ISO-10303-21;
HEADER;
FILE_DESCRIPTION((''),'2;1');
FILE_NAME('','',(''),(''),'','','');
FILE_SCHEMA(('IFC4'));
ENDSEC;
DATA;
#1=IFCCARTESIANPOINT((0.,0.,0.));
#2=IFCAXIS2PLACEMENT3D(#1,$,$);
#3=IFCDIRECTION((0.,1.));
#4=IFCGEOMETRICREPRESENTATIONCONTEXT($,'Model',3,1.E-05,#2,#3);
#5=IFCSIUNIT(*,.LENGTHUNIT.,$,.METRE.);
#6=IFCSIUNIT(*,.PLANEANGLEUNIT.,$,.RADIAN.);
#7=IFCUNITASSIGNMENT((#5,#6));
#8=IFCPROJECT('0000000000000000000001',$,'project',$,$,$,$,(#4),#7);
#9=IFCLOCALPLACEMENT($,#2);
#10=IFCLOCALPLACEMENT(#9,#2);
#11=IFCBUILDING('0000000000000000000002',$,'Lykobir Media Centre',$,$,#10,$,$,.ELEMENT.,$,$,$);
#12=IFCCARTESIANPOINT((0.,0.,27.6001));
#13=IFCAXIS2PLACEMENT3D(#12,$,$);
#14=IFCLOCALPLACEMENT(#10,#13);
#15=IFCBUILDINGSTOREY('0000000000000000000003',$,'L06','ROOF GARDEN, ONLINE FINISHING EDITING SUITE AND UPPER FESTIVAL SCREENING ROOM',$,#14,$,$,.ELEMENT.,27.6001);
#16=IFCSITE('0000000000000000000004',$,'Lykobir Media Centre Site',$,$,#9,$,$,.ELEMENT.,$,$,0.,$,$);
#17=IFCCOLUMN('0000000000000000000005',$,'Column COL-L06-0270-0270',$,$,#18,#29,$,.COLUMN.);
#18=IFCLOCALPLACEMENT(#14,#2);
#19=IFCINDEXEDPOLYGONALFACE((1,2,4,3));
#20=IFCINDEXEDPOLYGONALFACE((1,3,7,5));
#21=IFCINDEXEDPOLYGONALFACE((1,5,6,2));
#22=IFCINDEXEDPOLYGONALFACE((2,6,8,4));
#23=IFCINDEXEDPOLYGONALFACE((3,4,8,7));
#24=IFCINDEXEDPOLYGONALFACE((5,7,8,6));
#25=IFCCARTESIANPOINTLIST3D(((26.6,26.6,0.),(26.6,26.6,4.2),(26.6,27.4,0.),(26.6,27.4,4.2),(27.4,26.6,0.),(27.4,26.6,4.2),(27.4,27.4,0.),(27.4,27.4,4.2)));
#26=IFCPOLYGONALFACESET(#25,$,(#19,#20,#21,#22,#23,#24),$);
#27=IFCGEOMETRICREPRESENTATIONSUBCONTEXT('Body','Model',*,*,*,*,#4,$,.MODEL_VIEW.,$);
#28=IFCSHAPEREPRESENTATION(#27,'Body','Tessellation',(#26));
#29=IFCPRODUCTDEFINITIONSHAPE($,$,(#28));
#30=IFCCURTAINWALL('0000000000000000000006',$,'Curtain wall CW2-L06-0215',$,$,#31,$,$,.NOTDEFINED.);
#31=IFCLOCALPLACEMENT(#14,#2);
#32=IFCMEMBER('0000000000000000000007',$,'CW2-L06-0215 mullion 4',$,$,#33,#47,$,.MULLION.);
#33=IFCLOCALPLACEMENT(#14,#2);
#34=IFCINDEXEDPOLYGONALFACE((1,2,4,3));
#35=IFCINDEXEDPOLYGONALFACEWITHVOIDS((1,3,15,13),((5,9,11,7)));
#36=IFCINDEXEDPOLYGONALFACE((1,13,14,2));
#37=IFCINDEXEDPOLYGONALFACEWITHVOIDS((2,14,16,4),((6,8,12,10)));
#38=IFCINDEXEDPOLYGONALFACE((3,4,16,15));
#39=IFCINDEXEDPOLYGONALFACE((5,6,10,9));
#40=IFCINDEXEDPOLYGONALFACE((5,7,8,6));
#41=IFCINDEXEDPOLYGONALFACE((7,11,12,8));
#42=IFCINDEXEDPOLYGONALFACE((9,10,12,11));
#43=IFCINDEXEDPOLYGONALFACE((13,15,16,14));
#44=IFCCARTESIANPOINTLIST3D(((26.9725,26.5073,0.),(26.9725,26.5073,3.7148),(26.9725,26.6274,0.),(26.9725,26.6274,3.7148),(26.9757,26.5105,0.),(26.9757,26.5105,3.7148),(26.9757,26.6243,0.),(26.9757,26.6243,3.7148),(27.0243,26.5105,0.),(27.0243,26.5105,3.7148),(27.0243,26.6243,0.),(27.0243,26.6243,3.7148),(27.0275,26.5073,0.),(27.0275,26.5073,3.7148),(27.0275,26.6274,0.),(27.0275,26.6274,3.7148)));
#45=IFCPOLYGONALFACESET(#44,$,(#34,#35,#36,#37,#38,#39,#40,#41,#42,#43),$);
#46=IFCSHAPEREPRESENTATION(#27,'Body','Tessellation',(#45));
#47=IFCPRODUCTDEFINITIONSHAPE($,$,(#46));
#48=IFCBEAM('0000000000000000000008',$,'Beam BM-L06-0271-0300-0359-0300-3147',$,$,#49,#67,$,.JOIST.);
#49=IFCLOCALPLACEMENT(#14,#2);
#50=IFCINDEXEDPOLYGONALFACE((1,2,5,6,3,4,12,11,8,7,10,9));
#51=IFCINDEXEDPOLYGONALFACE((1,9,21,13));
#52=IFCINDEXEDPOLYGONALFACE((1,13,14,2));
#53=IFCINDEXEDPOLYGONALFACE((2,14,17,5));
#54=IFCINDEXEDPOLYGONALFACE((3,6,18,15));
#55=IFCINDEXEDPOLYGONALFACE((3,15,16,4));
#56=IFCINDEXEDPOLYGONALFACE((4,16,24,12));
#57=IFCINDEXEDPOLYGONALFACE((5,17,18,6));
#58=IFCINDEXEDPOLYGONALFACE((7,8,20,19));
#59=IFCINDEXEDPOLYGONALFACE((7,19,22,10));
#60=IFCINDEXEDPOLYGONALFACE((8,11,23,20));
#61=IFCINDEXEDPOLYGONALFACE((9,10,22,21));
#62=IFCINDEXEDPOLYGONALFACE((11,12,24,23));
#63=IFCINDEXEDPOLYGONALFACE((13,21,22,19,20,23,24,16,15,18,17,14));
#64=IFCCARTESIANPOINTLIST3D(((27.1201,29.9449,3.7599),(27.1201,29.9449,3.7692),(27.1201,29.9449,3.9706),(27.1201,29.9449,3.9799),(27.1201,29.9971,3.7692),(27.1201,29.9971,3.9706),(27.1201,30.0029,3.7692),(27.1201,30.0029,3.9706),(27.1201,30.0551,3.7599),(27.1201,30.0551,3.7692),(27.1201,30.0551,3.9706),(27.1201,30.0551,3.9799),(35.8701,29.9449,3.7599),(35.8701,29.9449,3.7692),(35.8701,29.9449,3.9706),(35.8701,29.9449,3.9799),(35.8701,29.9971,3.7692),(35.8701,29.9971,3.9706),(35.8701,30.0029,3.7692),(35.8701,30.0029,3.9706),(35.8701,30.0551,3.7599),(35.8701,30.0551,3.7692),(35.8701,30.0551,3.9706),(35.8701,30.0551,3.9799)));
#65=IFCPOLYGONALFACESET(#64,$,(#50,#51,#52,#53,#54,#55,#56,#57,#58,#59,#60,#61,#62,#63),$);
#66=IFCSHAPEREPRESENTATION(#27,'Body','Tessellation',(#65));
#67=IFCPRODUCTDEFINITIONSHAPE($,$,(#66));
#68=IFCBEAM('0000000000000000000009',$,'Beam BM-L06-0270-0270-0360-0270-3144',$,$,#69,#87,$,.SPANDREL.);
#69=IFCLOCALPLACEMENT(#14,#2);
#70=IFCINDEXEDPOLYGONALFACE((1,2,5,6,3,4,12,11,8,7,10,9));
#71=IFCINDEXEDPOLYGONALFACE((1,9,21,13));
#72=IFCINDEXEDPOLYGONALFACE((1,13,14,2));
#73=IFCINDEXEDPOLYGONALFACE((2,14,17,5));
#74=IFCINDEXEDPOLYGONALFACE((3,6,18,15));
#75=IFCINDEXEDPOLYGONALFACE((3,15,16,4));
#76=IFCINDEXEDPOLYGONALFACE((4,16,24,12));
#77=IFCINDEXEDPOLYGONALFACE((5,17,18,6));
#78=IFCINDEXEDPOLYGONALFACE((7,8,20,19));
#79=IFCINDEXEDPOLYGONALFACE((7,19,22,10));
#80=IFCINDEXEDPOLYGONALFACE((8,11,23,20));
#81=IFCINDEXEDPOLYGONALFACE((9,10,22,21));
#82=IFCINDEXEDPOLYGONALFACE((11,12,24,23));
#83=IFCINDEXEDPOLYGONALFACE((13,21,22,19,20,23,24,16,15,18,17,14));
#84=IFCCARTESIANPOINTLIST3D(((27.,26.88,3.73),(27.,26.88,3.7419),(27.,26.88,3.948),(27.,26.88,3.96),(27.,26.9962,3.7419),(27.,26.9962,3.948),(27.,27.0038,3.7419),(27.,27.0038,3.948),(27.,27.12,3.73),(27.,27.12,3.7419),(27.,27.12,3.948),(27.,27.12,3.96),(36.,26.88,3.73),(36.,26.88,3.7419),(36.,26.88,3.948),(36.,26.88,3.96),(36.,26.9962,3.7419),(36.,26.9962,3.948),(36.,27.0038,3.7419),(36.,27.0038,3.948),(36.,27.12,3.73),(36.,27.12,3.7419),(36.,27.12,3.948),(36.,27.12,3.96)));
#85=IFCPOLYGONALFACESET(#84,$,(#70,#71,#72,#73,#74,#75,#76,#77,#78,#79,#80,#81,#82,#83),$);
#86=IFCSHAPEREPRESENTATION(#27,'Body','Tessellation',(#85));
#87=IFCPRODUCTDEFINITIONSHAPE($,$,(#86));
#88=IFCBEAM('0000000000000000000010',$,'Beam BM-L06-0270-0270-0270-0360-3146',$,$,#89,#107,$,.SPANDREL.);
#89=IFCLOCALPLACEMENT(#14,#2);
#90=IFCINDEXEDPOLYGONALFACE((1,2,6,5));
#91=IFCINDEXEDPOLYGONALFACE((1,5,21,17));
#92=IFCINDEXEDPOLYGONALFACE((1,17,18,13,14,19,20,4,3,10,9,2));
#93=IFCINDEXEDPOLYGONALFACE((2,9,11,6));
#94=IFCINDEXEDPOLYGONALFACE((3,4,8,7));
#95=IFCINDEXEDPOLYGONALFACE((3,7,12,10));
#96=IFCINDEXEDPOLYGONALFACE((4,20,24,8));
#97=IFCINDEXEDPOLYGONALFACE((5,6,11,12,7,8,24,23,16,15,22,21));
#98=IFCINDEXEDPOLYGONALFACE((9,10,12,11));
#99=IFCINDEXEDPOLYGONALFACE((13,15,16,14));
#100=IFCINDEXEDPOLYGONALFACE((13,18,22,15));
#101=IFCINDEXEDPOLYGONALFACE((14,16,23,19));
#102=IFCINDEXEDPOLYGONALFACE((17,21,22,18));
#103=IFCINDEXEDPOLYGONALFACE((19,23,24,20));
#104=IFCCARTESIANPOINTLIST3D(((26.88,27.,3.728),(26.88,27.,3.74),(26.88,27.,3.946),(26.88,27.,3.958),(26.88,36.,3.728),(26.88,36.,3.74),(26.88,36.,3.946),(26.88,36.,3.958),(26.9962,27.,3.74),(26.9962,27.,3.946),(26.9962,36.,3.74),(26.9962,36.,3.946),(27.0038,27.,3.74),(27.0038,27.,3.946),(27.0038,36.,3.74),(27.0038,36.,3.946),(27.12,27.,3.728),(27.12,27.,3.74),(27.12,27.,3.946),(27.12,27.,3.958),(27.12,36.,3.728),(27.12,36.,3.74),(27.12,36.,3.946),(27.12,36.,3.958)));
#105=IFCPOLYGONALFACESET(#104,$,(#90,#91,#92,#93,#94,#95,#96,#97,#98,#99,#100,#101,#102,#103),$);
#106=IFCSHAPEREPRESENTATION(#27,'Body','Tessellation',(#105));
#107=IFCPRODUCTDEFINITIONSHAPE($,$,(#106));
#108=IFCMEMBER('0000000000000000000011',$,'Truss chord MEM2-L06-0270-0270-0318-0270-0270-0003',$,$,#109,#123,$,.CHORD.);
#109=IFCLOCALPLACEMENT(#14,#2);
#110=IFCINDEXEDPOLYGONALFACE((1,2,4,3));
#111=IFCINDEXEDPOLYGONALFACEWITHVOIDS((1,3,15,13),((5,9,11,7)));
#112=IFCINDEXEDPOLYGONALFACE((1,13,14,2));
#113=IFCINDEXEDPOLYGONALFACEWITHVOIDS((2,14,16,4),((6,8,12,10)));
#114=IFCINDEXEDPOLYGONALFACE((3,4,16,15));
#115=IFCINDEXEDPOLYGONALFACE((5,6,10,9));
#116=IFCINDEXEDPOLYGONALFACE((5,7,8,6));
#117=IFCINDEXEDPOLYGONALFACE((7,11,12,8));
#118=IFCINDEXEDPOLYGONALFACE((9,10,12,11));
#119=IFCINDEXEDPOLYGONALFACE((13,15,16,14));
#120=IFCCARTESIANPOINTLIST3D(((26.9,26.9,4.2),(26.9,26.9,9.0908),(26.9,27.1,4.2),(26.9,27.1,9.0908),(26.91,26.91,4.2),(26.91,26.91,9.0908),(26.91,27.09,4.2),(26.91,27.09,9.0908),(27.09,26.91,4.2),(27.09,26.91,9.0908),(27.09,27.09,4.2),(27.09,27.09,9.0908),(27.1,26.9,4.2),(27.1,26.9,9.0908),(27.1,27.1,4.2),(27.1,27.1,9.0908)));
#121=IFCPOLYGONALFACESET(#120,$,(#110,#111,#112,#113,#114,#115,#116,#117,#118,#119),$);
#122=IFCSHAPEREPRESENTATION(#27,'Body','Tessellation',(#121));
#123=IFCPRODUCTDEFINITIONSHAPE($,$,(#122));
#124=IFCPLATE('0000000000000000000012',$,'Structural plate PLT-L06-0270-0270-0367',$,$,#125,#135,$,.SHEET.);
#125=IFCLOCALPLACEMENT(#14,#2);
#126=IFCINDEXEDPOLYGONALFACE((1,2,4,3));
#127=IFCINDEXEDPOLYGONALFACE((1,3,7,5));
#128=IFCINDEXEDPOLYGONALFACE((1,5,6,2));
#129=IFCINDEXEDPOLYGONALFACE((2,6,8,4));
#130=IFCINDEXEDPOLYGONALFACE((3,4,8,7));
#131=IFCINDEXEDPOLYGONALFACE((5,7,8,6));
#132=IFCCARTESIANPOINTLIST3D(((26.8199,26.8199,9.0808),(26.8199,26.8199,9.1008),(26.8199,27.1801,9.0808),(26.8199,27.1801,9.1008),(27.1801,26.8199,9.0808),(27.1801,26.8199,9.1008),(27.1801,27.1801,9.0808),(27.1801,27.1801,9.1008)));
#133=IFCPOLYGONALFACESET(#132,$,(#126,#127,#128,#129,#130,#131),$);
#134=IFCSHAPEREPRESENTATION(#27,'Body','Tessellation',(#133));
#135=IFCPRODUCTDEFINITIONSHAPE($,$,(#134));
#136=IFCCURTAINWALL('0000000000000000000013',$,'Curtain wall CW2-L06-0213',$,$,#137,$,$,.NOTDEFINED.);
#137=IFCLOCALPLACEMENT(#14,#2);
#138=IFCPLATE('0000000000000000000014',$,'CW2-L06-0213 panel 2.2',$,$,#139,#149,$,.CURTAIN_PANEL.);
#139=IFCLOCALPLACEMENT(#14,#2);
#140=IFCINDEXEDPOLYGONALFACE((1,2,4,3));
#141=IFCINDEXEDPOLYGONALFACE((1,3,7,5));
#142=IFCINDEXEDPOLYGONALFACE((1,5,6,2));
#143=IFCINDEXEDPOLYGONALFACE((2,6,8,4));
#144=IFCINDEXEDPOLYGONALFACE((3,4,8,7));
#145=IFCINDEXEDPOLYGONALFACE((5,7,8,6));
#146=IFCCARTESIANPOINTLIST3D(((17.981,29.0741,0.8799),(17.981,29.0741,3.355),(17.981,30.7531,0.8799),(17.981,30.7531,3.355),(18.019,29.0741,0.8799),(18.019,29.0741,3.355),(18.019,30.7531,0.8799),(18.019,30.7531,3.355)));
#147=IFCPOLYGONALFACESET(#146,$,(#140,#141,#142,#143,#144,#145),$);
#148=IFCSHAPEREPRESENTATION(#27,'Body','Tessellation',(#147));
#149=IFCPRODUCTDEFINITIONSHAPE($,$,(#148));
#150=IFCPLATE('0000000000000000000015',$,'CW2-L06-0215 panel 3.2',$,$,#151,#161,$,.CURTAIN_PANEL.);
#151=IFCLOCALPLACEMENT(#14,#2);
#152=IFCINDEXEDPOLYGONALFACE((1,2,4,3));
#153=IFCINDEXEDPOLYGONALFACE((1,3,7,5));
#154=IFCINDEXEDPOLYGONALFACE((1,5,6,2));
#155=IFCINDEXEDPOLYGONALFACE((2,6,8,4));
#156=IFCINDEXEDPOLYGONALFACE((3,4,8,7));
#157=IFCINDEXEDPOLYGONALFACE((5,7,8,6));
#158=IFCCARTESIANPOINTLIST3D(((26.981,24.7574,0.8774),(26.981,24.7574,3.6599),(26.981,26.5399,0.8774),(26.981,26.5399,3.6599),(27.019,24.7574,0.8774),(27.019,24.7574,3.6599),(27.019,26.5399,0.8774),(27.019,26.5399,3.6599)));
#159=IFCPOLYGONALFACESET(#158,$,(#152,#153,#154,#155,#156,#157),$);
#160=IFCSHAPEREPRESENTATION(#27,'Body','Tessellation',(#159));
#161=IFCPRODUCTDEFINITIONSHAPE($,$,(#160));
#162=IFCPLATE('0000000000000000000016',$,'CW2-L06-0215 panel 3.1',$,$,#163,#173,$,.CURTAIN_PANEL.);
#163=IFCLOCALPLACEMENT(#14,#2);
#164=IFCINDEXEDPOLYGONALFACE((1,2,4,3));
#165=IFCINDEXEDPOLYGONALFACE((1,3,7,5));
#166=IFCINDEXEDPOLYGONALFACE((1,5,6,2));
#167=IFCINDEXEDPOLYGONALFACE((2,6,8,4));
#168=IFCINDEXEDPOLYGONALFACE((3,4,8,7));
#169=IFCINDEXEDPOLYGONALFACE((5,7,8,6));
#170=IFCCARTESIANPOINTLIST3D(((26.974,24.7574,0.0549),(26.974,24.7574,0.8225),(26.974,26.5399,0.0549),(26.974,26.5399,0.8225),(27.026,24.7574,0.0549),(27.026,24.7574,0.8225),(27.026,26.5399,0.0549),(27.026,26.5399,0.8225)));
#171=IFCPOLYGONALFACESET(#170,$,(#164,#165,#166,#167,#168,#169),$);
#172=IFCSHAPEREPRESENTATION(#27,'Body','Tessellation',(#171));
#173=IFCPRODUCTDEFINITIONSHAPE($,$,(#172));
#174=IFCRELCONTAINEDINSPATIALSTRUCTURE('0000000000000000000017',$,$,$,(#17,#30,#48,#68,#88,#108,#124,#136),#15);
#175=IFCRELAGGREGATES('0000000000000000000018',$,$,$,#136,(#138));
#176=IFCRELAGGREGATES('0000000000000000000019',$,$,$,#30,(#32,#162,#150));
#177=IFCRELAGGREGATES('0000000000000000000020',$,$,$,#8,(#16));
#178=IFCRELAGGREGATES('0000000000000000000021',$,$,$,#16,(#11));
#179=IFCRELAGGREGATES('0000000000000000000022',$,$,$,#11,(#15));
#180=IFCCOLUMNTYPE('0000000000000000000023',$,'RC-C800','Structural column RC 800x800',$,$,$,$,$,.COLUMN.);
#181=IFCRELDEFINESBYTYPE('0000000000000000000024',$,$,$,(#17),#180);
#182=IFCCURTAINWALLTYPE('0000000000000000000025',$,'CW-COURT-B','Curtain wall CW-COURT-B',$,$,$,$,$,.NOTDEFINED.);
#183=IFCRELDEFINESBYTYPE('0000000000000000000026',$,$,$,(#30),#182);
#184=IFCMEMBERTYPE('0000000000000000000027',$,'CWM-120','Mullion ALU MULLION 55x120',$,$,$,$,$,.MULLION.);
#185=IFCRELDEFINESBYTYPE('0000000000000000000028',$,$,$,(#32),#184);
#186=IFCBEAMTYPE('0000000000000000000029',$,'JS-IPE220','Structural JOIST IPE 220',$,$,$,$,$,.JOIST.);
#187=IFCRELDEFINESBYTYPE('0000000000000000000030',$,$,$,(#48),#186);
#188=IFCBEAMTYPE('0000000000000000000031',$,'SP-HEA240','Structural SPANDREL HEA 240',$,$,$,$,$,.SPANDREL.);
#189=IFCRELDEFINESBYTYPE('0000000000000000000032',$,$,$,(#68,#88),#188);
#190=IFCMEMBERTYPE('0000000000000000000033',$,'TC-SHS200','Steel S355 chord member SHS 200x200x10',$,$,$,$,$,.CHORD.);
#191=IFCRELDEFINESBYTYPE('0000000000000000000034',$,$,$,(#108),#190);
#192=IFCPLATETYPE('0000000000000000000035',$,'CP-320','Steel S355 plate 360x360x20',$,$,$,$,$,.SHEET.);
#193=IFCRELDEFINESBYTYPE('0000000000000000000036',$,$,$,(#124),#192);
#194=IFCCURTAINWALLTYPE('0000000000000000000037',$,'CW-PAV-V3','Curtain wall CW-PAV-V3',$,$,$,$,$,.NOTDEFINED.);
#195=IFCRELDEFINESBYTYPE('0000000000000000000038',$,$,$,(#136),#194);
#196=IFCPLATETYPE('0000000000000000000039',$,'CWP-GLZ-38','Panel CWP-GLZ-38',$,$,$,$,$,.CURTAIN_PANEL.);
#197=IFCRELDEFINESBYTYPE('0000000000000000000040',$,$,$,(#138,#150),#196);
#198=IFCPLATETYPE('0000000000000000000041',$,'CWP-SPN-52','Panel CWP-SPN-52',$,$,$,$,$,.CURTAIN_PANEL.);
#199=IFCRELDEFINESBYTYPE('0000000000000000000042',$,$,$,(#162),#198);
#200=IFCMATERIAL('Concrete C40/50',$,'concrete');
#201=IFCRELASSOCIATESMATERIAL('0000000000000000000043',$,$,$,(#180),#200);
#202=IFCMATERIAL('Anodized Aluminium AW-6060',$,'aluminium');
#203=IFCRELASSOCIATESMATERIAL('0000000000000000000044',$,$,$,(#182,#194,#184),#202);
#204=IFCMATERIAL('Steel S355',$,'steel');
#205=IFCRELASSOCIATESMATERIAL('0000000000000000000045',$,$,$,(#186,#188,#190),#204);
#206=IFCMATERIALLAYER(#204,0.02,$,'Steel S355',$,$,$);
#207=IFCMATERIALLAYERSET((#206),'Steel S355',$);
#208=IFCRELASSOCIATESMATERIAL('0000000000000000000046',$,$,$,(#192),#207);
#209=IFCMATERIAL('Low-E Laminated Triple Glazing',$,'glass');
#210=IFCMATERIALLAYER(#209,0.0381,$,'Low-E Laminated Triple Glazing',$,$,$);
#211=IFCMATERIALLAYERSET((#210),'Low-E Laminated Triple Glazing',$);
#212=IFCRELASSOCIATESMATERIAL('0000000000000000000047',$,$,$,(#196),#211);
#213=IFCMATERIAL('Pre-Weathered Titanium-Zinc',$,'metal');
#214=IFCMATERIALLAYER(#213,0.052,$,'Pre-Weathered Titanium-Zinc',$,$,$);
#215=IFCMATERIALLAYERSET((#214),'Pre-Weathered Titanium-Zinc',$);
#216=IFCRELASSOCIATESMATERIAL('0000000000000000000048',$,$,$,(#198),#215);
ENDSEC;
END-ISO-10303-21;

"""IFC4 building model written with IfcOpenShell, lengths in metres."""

from ifc_helpers import new_model, si_unit, direction, frame, origin, origin_2d, place, context, subcontext, project, spatial, rectangle, hollow_rectangle, i_section, extrude, material, layer, layer_set, material_profile, profile_set, type_object, element, aggregate, save


model = new_model("IFC4")

# Units and contexts
model_context = context("Model", 3, precision=1e-05, world=origin(), true_north=direction((0.0, 1.0)))
body_context = subcontext(model_context, "Body", "Model", "MODEL_VIEW")
ifc_project = project(units=[si_unit("LENGTHUNIT", "METRE"), si_unit("PLANEANGLEUNIT", "RADIAN")], contexts=[model_context])

# Site, building, storey
site_placement = place(None, origin())
site = spatial("IfcSite", under=ifc_project, at=site_placement, Name="Lykobir Media Centre Site", CompositionType="ELEMENT", RefElevation=0.0)
building_placement = place(site_placement, origin())
building = spatial("IfcBuilding", under=site, at=building_placement, Name="Lykobir Media Centre", CompositionType="ELEMENT")
storey_placement = place(building_placement, frame((0.0, 0.0, 27.6001)))
storey = spatial("IfcBuildingStorey", under=building, at=storey_placement, Name="L06", Description="ROOF GARDEN, ONLINE FINISHING EDITING SUITE AND UPPER FESTIVAL SCREENING ROOM", CompositionType="ELEMENT", Elevation=27.6001)

# Column
ifc_material_1 = material(Name="Concrete C40/50", Category="concrete")
ifc_material_profile_1 = material_profile(ifc_material_1, rectangle(XDim=0.8, YDim=0.8, at=origin_2d()), Name="RC 800x800")
ifc_profile_set_1 = profile_set([ifc_material_profile_1], Name="Concrete C40/50")
column_type = type_object("IfcColumnType", Name="RC-C800", Description="Structural column RC 800x800", PredefinedType="COLUMN", material=ifc_profile_set_1)
column_placement = place(storey_placement, frame((27.0, 27.0, 0.0), z_axis=(0.0, 0.0, 1.0), x_axis=(1.0, 0.0, 0.0)))
element("IfcColumn", 1, at=column_placement, inside=storey, type_object=column_type, Name="Column COL-L06-0270-0270", PredefinedType="COLUMN", context=body_context, shape_type="SweptSolid", body=[
    extrude(rectangle(XDim=0.8, YDim=0.8, at=origin_2d()), origin(), (0.0, 0.0, 1.0), 4.2),
])

# Curtain wall, member
ifc_material_2 = material(Name="Anodized Aluminium AW-6060", Category="aluminium")
curtain_wall_type_1 = type_object("IfcCurtainWallType", Name="CW-COURT-B", Description="Curtain wall CW-COURT-B", PredefinedType="NOTDEFINED", material=ifc_material_2)
curtain_wall_1_placement = place(storey_placement, origin())
curtain_wall_1 = element("IfcCurtainWall", 2, at=curtain_wall_1_placement, inside=storey, type_object=curtain_wall_type_1, Name="Curtain wall CW2-L06-0215", PredefinedType="NOTDEFINED")
ifc_material_profile_2 = material_profile(ifc_material_2, hollow_rectangle(XDim=0.0549, YDim=0.1201, WallThickness=0.0032, at=origin_2d()), Name="ALU MULLION 55x120")
ifc_profile_set_2 = profile_set([ifc_material_profile_2], Name="Anodized Aluminium AW-6060")
member_type_1 = type_object("IfcMemberType", Name="CWM-120", Description="Mullion ALU MULLION 55x120", PredefinedType="MULLION", material=ifc_profile_set_2)
member_1_placement = place(storey_placement, frame((27.0, 26.5674, 0.0), z_axis=(0.0, 0.0, 1.0), x_axis=(-1.0, 0.0, 0.0)))
member_1 = element("IfcMember", 3, at=member_1_placement, type_object=member_type_1, Name="CW2-L06-0215 mullion 4", PredefinedType="MULLION", context=body_context, shape_type="SweptSolid", body=[
    extrude(hollow_rectangle(XDim=0.0549, YDim=0.1201, WallThickness=0.0032, at=origin_2d()), origin(), (0.0, 0.0, 1.0), 3.7148),
])

# Beams
ifc_material_3 = material(Name="Steel S355", Category="steel")
ifc_material_profile_3 = material_profile(ifc_material_3, i_section(OverallWidth=0.1101, OverallDepth=0.22, WebThickness=0.0059, FlangeThickness=0.0093, at=origin_2d()), Name="IPE 220")
ifc_profile_set_3 = profile_set([ifc_material_profile_3], Name="Steel S355")
beam_type_1 = type_object("IfcBeamType", Name="JS-IPE220", Description="Structural JOIST IPE 220", PredefinedType="JOIST", material=ifc_profile_set_3)
beam_placement = place(storey_placement, frame((27.1201, 30.0, 3.8699), z_axis=(1.0, 0.0, 0.0), x_axis=(0.0, 1.0, 0.0)))
element("IfcBeam", 4, at=beam_placement, inside=storey, type_object=beam_type_1, Name="Beam BM-L06-0271-0300-0359-0300-3147", PredefinedType="JOIST", context=body_context, shape_type="SweptSolid", body=[
    extrude(i_section(OverallWidth=0.1101, OverallDepth=0.22, WebThickness=0.0059, FlangeThickness=0.0093, at=origin_2d()), origin(), (0.0, 0.0, 1.0), 8.75),
])
ifc_material_profile_4 = material_profile(ifc_material_3, i_section(OverallWidth=0.24, OverallDepth=0.23, WebThickness=0.0076, FlangeThickness=0.012, at=origin_2d()), Name="HEA 240")
ifc_profile_set_4 = profile_set([ifc_material_profile_4], Name="Steel S355")
beam_type_2 = type_object("IfcBeamType", Name="SP-HEA240", Description="Structural SPANDREL HEA 240", PredefinedType="SPANDREL", material=ifc_profile_set_4)
for number, where, z_axis, x_axis, name in (
    (5, (27.0, 27.0, 3.845), (1.0, 0.0, 0.0), (0.0, 1.0, 0.0), "Beam BM-L06-0270-0270-0360-0270-3144"),
    (6, (27.0, 27.0, 3.843), (0.0, 1.0, 0.0), (-1.0, 0.0, 0.0), "Beam BM-L06-0270-0270-0270-0360-3146"),
):
    element("IfcBeam", number, at=place(storey_placement, frame(where, z_axis=z_axis, x_axis=x_axis)), inside=storey, type_object=beam_type_2, Name=name, PredefinedType="SPANDREL", context=body_context, shape_type="SweptSolid", body=[
        extrude(i_section(OverallWidth=0.24, OverallDepth=0.23, WebThickness=0.0076, FlangeThickness=0.012, at=origin_2d()), origin(), (0.0, 0.0, 1.0), 9.0),
    ])

# Member
ifc_material_profile_5 = material_profile(ifc_material_3, hollow_rectangle(XDim=0.2, YDim=0.2, WallThickness=0.01, at=origin_2d()), Name="SHS 200x200x10")
ifc_profile_set_5 = profile_set([ifc_material_profile_5], Name="Steel S355")
member_type_2 = type_object("IfcMemberType", Name="TC-SHS200", Description="Steel S355 chord member SHS 200x200x10", PredefinedType="CHORD", material=ifc_profile_set_5)
member_2_placement = place(storey_placement, frame((27.0, 27.0, 4.2), z_axis=(0.0, 0.0, 1.0), x_axis=(1.0, 0.0, 0.0)))
element("IfcMember", 7, at=member_2_placement, inside=storey, type_object=member_type_2, Name="Truss chord MEM2-L06-0270-0270-0318-0270-0270-0003", PredefinedType="CHORD", context=body_context, shape_type="SweptSolid", body=[
    extrude(hollow_rectangle(XDim=0.2, YDim=0.2, WallThickness=0.01, at=origin_2d()), origin(), (0.0, 0.0, 1.0), 4.8909),
])

# Plate
ifc_layer_1 = layer(ifc_material_3, 0.02, Name="Steel S355")
ifc_layer_set_1 = layer_set([ifc_layer_1], Name="Steel S355")
plate_type_1 = type_object("IfcPlateType", Name="CP-320", Description="Steel S355 plate 360x360x20", PredefinedType="SHEET", material=ifc_layer_set_1)
plate_1_placement = place(storey_placement, frame((27.0, 27.0, 9.0808), z_axis=(0.0, 0.0, 1.0), x_axis=(1.0, 0.0, 0.0)))
element("IfcPlate", 8, at=plate_1_placement, inside=storey, type_object=plate_type_1, Name="Structural plate PLT-L06-0270-0270-0367", PredefinedType="SHEET", context=body_context, shape_type="SweptSolid", body=[
    extrude(rectangle(XDim=0.3601, YDim=0.3601, at=origin_2d()), origin(), (0.0, 0.0, 1.0), 0.02),
])

# Curtain wall, plate
curtain_wall_type_2 = type_object("IfcCurtainWallType", Name="CW-PAV-V3", Description="Curtain wall CW-PAV-V3", PredefinedType="NOTDEFINED", material=ifc_material_2)
curtain_wall_2_placement = place(storey_placement, origin())
curtain_wall_2 = element("IfcCurtainWall", 9, at=curtain_wall_2_placement, inside=storey, type_object=curtain_wall_type_2, Name="Curtain wall CW2-L06-0213", PredefinedType="NOTDEFINED")
ifc_material_4 = material(Name="Low-E Laminated Triple Glazing", Category="glass")
ifc_layer_2 = layer(ifc_material_4, 0.0381, Name="Low-E Laminated Triple Glazing")
ifc_layer_set_2 = layer_set([ifc_layer_2], Name="Low-E Laminated Triple Glazing")
plate_type_2 = type_object("IfcPlateType", Name="CWP-GLZ-38", Description="Panel CWP-GLZ-38", PredefinedType="CURTAIN_PANEL", material=ifc_layer_set_2)
plate_2_placement = place(storey_placement, frame((18.0, 29.9136, 0.8799), z_axis=(0.0, 0.0, 1.0), x_axis=(0.0, 1.0, 0.0)))
plate_2 = element("IfcPlate", 10, at=plate_2_placement, type_object=plate_type_2, Name="CW2-L06-0213 panel 2.2", PredefinedType="CURTAIN_PANEL", context=body_context, shape_type="SweptSolid", body=[
    extrude(rectangle(XDim=1.679, YDim=0.0381, at=origin_2d()), origin(), (0.0, 0.0, 1.0), 2.4751),
])
aggregate(curtain_wall_2, [plate_2])

# Plates
plate_3_placement = place(storey_placement, frame((27.0, 25.6487, 0.8774), z_axis=(0.0, 0.0, 1.0), x_axis=(0.0, 1.0, 0.0)))
plate_3 = element("IfcPlate", 11, at=plate_3_placement, type_object=plate_type_2, Name="CW2-L06-0215 panel 3.2", PredefinedType="CURTAIN_PANEL", context=body_context, shape_type="SweptSolid", body=[
    extrude(rectangle(XDim=1.7825, YDim=0.0381, at=origin_2d()), origin(), (0.0, 0.0, 1.0), 2.7825),
])
ifc_material_5 = material(Name="Pre-Weathered Titanium-Zinc", Category="metal")
ifc_layer_3 = layer(ifc_material_5, 0.052, Name="Pre-Weathered Titanium-Zinc")
ifc_layer_set_3 = layer_set([ifc_layer_3], Name="Pre-Weathered Titanium-Zinc")
plate_type_3 = type_object("IfcPlateType", Name="CWP-SPN-52", Description="Panel CWP-SPN-52", PredefinedType="CURTAIN_PANEL", material=ifc_layer_set_3)
plate_4_placement = place(storey_placement, frame((27.0, 25.6487, 0.0549), z_axis=(0.0, 0.0, 1.0), x_axis=(0.0, 1.0, 0.0)))
plate_4 = element("IfcPlate", 12, at=plate_4_placement, type_object=plate_type_3, Name="CW2-L06-0215 panel 3.1", PredefinedType="CURTAIN_PANEL", context=body_context, shape_type="SweptSolid", body=[
    extrude(rectangle(XDim=1.7825, YDim=0.052, at=origin_2d()), origin(), (0.0, 0.0, 1.0), 0.7676),
])
aggregate(curtain_wall_1, [member_1, plate_4, plate_3])

save(model, "model.ifc")
